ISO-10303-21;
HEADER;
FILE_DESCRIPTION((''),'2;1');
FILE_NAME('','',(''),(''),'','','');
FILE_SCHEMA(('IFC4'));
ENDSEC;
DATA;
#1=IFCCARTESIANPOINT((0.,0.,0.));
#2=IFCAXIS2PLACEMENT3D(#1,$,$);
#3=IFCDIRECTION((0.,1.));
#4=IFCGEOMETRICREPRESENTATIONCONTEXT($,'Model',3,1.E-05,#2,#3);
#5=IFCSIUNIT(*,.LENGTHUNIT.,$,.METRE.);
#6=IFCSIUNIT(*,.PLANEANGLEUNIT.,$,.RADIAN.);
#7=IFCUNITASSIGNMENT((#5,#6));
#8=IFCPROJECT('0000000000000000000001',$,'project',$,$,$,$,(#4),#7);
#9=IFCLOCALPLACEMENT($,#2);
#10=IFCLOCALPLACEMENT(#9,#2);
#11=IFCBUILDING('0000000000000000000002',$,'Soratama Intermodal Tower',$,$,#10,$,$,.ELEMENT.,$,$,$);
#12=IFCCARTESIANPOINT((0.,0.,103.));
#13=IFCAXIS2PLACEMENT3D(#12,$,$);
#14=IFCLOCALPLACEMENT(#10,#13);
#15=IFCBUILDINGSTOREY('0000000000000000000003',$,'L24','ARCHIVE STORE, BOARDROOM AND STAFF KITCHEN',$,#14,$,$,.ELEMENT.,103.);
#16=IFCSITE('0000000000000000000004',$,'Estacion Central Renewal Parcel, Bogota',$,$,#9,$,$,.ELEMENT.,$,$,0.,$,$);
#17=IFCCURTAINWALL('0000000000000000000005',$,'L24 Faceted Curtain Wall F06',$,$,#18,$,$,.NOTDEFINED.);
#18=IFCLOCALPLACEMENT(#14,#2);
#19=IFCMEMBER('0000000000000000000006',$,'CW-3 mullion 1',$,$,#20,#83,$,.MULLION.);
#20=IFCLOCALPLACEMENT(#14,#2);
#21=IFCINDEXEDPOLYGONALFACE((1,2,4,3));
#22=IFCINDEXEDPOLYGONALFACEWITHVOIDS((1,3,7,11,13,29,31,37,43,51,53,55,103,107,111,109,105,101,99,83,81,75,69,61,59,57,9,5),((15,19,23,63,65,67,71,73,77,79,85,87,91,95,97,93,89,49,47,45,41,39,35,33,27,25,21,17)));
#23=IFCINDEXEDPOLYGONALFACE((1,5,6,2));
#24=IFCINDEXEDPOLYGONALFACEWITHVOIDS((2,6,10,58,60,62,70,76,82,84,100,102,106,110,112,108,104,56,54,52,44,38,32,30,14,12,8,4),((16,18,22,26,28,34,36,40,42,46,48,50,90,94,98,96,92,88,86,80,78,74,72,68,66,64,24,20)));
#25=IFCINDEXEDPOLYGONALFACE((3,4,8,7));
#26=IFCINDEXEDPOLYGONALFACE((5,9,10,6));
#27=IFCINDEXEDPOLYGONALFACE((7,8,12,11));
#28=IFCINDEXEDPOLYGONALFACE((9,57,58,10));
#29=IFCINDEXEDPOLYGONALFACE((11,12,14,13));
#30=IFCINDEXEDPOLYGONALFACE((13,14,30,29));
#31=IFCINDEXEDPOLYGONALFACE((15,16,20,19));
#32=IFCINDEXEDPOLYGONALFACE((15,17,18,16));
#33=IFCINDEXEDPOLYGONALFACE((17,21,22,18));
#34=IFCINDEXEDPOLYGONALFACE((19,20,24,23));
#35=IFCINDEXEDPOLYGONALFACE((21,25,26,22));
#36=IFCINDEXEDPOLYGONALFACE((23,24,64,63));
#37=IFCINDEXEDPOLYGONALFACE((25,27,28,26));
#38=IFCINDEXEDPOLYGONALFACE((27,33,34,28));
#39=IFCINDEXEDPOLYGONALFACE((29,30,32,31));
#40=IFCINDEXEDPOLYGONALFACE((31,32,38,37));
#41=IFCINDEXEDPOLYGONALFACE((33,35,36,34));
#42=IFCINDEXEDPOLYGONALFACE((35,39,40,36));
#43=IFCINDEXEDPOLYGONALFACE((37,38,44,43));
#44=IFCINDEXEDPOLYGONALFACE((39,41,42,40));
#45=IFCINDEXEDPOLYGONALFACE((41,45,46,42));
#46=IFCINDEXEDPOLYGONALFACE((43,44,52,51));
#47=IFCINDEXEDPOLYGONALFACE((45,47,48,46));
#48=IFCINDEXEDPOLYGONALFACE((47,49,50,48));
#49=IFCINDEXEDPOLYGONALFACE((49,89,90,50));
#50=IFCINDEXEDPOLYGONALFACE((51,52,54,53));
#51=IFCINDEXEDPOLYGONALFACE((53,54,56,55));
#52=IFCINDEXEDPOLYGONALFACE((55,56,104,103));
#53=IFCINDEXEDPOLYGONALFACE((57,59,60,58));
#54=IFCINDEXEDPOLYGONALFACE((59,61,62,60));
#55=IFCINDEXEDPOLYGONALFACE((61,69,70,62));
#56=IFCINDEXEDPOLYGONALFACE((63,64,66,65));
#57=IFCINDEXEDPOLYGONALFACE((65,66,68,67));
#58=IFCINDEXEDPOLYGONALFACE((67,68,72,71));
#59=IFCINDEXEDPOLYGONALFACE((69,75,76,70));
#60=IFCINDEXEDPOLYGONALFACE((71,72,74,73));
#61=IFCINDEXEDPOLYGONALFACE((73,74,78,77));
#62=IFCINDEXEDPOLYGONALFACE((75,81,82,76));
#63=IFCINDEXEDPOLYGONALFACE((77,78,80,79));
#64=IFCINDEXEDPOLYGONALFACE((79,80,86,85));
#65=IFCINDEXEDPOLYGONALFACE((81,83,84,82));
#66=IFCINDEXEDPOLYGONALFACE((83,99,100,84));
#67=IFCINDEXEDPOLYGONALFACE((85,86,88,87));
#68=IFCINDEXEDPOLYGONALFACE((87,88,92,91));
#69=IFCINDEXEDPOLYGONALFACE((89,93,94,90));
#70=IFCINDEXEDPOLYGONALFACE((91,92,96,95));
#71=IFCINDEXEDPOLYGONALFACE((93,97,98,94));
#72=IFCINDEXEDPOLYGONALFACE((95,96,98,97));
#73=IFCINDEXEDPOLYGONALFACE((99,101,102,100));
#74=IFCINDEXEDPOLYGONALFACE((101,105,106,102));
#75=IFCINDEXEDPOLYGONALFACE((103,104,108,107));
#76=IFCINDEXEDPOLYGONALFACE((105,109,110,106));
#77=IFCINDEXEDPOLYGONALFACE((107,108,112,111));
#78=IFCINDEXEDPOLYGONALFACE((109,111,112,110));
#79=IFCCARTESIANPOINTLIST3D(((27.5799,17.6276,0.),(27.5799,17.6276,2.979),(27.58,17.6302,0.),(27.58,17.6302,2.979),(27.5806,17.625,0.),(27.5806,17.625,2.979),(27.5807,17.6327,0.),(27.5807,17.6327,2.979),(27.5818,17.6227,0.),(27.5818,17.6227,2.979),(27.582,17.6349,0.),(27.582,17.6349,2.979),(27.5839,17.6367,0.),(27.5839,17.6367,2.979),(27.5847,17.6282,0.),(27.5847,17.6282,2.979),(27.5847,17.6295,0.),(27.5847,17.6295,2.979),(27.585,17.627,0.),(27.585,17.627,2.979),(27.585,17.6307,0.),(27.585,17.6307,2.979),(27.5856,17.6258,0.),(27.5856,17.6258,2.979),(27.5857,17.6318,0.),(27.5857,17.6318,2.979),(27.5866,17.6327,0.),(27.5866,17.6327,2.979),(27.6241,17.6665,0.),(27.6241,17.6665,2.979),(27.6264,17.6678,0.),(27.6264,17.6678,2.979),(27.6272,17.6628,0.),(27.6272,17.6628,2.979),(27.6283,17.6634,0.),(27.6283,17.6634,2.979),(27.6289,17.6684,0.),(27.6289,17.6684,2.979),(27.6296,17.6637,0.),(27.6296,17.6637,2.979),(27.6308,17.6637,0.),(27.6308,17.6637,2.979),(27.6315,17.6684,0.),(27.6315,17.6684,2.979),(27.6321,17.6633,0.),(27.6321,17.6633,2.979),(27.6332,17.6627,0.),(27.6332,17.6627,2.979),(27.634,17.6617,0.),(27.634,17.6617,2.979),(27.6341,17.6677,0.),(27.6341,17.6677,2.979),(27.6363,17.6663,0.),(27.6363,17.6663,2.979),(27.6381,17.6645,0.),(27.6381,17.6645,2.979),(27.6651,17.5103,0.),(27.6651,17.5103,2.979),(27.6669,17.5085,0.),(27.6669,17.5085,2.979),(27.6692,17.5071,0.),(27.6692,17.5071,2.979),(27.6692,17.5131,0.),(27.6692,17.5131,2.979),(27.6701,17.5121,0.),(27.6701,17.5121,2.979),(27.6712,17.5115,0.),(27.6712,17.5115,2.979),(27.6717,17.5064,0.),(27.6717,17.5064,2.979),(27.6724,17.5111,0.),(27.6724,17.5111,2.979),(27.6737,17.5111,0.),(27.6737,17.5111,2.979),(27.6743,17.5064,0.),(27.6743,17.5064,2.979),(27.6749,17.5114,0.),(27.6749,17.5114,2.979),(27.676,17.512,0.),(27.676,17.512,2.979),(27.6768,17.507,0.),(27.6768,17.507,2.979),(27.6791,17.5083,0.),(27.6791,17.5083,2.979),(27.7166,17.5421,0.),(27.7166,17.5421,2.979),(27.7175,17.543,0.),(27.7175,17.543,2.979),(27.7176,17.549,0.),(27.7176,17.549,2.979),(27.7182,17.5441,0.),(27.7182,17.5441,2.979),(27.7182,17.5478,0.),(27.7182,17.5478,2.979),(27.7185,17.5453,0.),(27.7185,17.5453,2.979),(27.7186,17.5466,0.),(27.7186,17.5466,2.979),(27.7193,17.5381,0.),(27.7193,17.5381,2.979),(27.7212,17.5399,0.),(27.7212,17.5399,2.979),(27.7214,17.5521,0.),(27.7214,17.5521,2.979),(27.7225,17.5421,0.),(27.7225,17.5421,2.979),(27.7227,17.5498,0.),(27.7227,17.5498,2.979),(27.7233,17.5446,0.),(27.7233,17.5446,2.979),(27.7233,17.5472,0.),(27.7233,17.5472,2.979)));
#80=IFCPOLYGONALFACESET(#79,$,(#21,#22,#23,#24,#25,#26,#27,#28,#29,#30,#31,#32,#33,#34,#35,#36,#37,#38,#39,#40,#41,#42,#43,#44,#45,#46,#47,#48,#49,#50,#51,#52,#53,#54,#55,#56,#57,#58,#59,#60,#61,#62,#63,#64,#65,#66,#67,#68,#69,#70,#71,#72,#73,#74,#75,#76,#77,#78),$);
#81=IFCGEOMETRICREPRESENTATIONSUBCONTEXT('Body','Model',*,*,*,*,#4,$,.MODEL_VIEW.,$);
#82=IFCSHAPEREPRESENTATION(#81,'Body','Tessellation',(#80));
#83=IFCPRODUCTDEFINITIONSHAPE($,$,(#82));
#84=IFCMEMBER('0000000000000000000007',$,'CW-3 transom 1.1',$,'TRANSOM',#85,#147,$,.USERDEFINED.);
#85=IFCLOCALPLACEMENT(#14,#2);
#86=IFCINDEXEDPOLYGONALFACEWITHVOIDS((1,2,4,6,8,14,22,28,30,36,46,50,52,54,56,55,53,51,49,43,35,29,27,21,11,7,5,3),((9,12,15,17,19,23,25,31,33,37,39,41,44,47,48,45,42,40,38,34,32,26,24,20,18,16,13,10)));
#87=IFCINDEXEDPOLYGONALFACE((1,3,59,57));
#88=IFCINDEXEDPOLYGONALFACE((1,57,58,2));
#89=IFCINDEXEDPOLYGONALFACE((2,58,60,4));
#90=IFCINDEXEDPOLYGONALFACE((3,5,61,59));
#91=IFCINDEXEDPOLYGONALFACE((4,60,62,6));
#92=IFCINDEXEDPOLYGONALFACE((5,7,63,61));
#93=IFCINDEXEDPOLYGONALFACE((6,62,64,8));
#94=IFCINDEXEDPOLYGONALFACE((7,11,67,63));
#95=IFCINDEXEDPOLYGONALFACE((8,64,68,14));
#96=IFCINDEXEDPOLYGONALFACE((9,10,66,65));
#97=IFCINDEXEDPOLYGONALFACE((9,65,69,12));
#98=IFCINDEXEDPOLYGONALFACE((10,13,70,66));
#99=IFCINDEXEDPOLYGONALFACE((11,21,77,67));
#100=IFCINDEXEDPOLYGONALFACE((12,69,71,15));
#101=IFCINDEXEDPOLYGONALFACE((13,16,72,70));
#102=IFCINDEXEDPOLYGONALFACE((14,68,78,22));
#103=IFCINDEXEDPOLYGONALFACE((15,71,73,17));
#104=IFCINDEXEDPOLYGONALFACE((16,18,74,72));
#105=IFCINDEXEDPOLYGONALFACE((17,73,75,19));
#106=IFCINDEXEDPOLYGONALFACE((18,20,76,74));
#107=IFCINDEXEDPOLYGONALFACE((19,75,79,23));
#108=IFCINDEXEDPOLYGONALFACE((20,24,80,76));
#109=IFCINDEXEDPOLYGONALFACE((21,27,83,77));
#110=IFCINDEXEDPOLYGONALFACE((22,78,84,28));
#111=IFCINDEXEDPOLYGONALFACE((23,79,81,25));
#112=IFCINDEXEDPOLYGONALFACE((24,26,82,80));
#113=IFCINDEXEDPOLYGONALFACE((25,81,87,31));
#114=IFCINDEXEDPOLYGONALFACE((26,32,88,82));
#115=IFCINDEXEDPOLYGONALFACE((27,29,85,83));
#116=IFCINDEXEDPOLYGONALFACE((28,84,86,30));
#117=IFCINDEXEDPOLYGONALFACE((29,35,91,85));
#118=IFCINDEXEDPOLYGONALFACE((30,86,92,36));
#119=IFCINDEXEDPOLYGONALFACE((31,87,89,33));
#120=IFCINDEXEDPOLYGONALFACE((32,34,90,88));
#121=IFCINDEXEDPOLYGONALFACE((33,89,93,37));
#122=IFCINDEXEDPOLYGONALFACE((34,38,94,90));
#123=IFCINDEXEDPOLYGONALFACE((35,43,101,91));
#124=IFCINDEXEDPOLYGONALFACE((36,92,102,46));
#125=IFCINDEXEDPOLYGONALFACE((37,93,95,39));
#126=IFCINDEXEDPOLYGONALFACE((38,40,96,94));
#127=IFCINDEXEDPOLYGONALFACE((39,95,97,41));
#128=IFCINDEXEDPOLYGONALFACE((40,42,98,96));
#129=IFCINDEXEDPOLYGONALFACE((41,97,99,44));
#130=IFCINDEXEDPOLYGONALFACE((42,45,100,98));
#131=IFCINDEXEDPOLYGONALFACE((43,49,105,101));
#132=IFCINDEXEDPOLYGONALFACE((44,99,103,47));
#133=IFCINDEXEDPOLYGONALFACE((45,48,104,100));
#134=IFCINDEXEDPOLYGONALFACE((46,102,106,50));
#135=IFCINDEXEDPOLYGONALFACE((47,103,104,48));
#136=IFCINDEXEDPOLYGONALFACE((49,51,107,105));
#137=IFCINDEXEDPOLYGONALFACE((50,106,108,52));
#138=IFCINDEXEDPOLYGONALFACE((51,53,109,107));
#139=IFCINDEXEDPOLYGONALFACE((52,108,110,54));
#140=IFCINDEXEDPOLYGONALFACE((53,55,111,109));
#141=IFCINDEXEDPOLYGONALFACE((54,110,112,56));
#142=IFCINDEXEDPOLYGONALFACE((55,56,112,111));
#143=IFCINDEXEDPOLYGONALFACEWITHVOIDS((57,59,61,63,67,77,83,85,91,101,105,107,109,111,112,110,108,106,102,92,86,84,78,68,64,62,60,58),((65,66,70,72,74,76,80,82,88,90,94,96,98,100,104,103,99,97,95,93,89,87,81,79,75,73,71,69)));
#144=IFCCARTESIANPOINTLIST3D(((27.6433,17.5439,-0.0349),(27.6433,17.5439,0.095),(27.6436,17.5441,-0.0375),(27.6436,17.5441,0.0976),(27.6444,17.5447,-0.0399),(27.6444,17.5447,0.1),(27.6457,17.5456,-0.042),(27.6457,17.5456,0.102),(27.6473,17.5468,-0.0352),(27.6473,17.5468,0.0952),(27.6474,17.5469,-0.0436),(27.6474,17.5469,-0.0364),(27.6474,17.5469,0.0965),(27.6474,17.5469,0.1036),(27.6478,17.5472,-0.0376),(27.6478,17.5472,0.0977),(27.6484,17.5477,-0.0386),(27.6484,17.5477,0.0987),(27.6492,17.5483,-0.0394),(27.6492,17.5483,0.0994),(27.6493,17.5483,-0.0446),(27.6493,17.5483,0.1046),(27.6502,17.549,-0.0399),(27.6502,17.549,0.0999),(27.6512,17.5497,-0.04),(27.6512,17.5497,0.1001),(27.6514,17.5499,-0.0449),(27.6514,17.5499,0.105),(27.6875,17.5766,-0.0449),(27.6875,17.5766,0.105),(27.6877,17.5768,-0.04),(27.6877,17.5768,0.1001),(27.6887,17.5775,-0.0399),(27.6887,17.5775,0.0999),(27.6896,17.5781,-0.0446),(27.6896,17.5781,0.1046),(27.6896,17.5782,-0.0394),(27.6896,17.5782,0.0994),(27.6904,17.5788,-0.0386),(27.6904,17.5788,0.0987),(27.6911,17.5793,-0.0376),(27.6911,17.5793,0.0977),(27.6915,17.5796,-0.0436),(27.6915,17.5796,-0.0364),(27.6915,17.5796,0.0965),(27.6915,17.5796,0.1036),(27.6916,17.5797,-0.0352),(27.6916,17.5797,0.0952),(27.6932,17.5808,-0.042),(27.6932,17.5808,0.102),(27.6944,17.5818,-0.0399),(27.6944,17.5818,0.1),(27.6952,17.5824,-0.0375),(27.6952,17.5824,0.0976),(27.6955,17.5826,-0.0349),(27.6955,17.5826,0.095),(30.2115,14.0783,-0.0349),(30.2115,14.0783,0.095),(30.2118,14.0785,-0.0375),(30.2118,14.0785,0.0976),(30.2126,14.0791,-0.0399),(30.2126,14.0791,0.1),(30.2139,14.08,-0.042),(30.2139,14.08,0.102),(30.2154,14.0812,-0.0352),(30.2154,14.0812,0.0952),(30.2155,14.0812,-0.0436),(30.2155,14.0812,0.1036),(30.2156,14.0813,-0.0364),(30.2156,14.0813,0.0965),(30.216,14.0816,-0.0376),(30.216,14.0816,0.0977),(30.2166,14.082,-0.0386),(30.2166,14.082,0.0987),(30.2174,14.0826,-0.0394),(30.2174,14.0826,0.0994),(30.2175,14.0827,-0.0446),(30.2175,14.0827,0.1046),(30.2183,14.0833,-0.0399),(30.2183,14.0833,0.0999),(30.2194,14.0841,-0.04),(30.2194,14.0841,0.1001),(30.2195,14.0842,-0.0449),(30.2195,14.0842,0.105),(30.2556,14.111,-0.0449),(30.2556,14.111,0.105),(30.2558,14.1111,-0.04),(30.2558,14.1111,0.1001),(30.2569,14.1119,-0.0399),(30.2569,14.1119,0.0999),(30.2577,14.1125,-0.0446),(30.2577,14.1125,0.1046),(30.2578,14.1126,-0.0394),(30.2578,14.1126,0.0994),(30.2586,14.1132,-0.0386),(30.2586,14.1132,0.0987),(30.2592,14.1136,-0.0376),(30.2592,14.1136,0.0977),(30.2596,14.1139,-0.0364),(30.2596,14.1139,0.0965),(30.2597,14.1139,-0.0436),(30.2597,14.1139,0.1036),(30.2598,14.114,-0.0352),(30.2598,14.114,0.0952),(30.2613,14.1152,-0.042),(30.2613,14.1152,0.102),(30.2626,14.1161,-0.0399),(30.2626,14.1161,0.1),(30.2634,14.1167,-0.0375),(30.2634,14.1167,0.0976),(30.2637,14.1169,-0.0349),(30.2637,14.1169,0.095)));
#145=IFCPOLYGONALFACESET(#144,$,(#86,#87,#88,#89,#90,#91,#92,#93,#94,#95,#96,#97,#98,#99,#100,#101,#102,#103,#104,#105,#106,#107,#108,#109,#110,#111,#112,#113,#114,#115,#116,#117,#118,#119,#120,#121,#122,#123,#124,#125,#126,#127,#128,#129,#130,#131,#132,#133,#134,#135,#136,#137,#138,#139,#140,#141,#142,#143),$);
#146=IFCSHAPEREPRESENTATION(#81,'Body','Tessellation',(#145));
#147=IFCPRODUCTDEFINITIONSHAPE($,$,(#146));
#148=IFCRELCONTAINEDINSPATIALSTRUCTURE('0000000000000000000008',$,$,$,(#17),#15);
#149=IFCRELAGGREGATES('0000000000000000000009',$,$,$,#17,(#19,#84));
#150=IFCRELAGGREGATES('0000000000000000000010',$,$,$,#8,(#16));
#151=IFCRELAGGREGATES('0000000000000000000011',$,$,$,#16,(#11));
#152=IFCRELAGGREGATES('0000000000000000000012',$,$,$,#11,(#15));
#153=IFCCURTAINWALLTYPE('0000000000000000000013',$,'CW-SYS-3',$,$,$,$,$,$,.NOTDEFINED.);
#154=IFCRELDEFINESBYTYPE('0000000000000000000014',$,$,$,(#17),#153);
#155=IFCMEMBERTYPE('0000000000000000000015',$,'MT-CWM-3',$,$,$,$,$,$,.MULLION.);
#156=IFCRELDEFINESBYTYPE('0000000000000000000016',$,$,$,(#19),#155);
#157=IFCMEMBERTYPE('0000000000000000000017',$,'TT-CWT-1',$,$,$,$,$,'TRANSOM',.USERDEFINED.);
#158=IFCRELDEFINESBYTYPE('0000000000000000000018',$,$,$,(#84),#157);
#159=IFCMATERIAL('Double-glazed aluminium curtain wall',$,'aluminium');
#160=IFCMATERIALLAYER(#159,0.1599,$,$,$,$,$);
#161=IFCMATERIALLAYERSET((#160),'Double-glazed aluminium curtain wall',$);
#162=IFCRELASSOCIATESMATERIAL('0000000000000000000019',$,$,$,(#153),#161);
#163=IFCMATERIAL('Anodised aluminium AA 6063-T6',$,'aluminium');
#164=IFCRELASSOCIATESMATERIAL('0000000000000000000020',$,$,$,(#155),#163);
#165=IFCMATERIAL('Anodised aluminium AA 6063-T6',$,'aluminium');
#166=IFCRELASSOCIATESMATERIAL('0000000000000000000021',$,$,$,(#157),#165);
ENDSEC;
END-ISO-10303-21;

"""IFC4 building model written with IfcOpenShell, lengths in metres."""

from ifc_helpers import new_model, si_unit, direction, frame, origin, origin_2d, place, context, subcontext, project, spatial, hollow_rectangle, extrude, material, layer, layer_set, material_profile, profile_set, type_object, element, aggregate, save


model = new_model("IFC4")

# Units and contexts
model_context = context("Model", 3, precision=1e-05, world=origin(), true_north=direction((0.0, 1.0)))
body_context = subcontext(model_context, "Body", "Model", "MODEL_VIEW")
ifc_project = project(units=[si_unit("LENGTHUNIT", "METRE"), si_unit("PLANEANGLEUNIT", "RADIAN")], contexts=[model_context])

# Site, building, storey
site_placement = place(None, origin())
site = spatial("IfcSite", under=ifc_project, at=site_placement, Name="Estacion Central Renewal Parcel, Bogota", CompositionType="ELEMENT", RefElevation=0.0)
building_placement = place(site_placement, origin())
building = spatial("IfcBuilding", under=site, at=building_placement, Name="Soratama Intermodal Tower", CompositionType="ELEMENT")
storey_placement = place(building_placement, frame((0.0, 0.0, 103.0)))
storey = spatial("IfcBuildingStorey", under=building, at=storey_placement, Name="L24", Description="ARCHIVE STORE, BOARDROOM AND STAFF KITCHEN", CompositionType="ELEMENT", Elevation=103.0)

# Curtain wall, members
ifc_material_1 = material(Name="Double-glazed aluminium curtain wall", Category="aluminium")
ifc_layer_1 = layer(ifc_material_1, 0.1599)
ifc_layer_set_1 = layer_set([ifc_layer_1], Name="Double-glazed aluminium curtain wall")
curtain_wall_type = type_object("IfcCurtainWallType", Name="CW-SYS-3", PredefinedType="NOTDEFINED", material=ifc_layer_set_1)
curtain_wall_placement = place(storey_placement, origin())
curtain_wall = element("IfcCurtainWall", 1, at=curtain_wall_placement, inside=storey, type_object=curtain_wall_type, Name="L24 Faceted Curtain Wall F06", PredefinedType="NOTDEFINED")
ifc_material_2 = material(Name="Anodised aluminium AA 6063-T6", Category="aluminium")
ifc_material_profile_1 = material_profile(ifc_material_2, hollow_rectangle(XDim=0.0701, YDim=0.1599, WallThickness=0.0049, InnerFilletRadius=0.0049, OuterFilletRadius=0.01, at=origin_2d()), Name="CWM160X70X5")
ifc_profile_set_1 = profile_set([ifc_material_profile_1], Name="Anodised aluminium AA 6063-T6")
member_type_1 = type_object("IfcMemberType", Name="MT-CWM-3", PredefinedType="MULLION", material=ifc_profile_set_1)
member_1_placement = place(storey_placement, frame((27.6516, 17.5874, 0.0), z_axis=(0.0, 0.0, 1.0), x_axis=(0.803442, 0.595383, 0.0)))
member_1 = element("IfcMember", 2, at=member_1_placement, type_object=member_type_1, Name="CW-3 mullion 1", PredefinedType="MULLION", context=body_context, shape_type="SweptSolid", body=[
    extrude(hollow_rectangle(XDim=0.0701, YDim=0.1599, WallThickness=0.0049, InnerFilletRadius=0.0049, OuterFilletRadius=0.01, at=origin_2d()), origin(), (0.0, 0.0, 1.0), 2.979),
])
ifc_material_3 = material(Name="Anodised aluminium AA 6063-T6", Category="aluminium")
ifc_material_profile_2 = material_profile(ifc_material_3, hollow_rectangle(XDim=0.0649, YDim=0.1499, WallThickness=0.0049, InnerFilletRadius=0.0049, OuterFilletRadius=0.01, at=origin_2d()), Name="CWT150X65X5")
ifc_profile_set_2 = profile_set([ifc_material_profile_2], Name="Anodised aluminium AA 6063-T6")
member_type_2 = type_object("IfcMemberType", Name="TT-CWT-1", ElementType="TRANSOM", PredefinedType="USERDEFINED", material=ifc_profile_set_2)
member_2_placement = place(storey_placement, frame((27.6694, 17.5632, 0.03), z_axis=(0.59538, -0.803444, 0.0), x_axis=(0.803444, 0.59538, 0.0)))
member_2 = element("IfcMember", 3, at=member_2_placement, type_object=member_type_2, Name="CW-3 transom 1.1", ObjectType="TRANSOM", PredefinedType="USERDEFINED", context=body_context, shape_type="SweptSolid", body=[
    extrude(hollow_rectangle(XDim=0.0649, YDim=0.1499, WallThickness=0.0049, InnerFilletRadius=0.0049, OuterFilletRadius=0.01, at=origin_2d()), origin(), (0.0, 0.0, 1.0), 4.3135),
])
aggregate(curtain_wall, [member_1, member_2])

save(model, "model.ifc")
